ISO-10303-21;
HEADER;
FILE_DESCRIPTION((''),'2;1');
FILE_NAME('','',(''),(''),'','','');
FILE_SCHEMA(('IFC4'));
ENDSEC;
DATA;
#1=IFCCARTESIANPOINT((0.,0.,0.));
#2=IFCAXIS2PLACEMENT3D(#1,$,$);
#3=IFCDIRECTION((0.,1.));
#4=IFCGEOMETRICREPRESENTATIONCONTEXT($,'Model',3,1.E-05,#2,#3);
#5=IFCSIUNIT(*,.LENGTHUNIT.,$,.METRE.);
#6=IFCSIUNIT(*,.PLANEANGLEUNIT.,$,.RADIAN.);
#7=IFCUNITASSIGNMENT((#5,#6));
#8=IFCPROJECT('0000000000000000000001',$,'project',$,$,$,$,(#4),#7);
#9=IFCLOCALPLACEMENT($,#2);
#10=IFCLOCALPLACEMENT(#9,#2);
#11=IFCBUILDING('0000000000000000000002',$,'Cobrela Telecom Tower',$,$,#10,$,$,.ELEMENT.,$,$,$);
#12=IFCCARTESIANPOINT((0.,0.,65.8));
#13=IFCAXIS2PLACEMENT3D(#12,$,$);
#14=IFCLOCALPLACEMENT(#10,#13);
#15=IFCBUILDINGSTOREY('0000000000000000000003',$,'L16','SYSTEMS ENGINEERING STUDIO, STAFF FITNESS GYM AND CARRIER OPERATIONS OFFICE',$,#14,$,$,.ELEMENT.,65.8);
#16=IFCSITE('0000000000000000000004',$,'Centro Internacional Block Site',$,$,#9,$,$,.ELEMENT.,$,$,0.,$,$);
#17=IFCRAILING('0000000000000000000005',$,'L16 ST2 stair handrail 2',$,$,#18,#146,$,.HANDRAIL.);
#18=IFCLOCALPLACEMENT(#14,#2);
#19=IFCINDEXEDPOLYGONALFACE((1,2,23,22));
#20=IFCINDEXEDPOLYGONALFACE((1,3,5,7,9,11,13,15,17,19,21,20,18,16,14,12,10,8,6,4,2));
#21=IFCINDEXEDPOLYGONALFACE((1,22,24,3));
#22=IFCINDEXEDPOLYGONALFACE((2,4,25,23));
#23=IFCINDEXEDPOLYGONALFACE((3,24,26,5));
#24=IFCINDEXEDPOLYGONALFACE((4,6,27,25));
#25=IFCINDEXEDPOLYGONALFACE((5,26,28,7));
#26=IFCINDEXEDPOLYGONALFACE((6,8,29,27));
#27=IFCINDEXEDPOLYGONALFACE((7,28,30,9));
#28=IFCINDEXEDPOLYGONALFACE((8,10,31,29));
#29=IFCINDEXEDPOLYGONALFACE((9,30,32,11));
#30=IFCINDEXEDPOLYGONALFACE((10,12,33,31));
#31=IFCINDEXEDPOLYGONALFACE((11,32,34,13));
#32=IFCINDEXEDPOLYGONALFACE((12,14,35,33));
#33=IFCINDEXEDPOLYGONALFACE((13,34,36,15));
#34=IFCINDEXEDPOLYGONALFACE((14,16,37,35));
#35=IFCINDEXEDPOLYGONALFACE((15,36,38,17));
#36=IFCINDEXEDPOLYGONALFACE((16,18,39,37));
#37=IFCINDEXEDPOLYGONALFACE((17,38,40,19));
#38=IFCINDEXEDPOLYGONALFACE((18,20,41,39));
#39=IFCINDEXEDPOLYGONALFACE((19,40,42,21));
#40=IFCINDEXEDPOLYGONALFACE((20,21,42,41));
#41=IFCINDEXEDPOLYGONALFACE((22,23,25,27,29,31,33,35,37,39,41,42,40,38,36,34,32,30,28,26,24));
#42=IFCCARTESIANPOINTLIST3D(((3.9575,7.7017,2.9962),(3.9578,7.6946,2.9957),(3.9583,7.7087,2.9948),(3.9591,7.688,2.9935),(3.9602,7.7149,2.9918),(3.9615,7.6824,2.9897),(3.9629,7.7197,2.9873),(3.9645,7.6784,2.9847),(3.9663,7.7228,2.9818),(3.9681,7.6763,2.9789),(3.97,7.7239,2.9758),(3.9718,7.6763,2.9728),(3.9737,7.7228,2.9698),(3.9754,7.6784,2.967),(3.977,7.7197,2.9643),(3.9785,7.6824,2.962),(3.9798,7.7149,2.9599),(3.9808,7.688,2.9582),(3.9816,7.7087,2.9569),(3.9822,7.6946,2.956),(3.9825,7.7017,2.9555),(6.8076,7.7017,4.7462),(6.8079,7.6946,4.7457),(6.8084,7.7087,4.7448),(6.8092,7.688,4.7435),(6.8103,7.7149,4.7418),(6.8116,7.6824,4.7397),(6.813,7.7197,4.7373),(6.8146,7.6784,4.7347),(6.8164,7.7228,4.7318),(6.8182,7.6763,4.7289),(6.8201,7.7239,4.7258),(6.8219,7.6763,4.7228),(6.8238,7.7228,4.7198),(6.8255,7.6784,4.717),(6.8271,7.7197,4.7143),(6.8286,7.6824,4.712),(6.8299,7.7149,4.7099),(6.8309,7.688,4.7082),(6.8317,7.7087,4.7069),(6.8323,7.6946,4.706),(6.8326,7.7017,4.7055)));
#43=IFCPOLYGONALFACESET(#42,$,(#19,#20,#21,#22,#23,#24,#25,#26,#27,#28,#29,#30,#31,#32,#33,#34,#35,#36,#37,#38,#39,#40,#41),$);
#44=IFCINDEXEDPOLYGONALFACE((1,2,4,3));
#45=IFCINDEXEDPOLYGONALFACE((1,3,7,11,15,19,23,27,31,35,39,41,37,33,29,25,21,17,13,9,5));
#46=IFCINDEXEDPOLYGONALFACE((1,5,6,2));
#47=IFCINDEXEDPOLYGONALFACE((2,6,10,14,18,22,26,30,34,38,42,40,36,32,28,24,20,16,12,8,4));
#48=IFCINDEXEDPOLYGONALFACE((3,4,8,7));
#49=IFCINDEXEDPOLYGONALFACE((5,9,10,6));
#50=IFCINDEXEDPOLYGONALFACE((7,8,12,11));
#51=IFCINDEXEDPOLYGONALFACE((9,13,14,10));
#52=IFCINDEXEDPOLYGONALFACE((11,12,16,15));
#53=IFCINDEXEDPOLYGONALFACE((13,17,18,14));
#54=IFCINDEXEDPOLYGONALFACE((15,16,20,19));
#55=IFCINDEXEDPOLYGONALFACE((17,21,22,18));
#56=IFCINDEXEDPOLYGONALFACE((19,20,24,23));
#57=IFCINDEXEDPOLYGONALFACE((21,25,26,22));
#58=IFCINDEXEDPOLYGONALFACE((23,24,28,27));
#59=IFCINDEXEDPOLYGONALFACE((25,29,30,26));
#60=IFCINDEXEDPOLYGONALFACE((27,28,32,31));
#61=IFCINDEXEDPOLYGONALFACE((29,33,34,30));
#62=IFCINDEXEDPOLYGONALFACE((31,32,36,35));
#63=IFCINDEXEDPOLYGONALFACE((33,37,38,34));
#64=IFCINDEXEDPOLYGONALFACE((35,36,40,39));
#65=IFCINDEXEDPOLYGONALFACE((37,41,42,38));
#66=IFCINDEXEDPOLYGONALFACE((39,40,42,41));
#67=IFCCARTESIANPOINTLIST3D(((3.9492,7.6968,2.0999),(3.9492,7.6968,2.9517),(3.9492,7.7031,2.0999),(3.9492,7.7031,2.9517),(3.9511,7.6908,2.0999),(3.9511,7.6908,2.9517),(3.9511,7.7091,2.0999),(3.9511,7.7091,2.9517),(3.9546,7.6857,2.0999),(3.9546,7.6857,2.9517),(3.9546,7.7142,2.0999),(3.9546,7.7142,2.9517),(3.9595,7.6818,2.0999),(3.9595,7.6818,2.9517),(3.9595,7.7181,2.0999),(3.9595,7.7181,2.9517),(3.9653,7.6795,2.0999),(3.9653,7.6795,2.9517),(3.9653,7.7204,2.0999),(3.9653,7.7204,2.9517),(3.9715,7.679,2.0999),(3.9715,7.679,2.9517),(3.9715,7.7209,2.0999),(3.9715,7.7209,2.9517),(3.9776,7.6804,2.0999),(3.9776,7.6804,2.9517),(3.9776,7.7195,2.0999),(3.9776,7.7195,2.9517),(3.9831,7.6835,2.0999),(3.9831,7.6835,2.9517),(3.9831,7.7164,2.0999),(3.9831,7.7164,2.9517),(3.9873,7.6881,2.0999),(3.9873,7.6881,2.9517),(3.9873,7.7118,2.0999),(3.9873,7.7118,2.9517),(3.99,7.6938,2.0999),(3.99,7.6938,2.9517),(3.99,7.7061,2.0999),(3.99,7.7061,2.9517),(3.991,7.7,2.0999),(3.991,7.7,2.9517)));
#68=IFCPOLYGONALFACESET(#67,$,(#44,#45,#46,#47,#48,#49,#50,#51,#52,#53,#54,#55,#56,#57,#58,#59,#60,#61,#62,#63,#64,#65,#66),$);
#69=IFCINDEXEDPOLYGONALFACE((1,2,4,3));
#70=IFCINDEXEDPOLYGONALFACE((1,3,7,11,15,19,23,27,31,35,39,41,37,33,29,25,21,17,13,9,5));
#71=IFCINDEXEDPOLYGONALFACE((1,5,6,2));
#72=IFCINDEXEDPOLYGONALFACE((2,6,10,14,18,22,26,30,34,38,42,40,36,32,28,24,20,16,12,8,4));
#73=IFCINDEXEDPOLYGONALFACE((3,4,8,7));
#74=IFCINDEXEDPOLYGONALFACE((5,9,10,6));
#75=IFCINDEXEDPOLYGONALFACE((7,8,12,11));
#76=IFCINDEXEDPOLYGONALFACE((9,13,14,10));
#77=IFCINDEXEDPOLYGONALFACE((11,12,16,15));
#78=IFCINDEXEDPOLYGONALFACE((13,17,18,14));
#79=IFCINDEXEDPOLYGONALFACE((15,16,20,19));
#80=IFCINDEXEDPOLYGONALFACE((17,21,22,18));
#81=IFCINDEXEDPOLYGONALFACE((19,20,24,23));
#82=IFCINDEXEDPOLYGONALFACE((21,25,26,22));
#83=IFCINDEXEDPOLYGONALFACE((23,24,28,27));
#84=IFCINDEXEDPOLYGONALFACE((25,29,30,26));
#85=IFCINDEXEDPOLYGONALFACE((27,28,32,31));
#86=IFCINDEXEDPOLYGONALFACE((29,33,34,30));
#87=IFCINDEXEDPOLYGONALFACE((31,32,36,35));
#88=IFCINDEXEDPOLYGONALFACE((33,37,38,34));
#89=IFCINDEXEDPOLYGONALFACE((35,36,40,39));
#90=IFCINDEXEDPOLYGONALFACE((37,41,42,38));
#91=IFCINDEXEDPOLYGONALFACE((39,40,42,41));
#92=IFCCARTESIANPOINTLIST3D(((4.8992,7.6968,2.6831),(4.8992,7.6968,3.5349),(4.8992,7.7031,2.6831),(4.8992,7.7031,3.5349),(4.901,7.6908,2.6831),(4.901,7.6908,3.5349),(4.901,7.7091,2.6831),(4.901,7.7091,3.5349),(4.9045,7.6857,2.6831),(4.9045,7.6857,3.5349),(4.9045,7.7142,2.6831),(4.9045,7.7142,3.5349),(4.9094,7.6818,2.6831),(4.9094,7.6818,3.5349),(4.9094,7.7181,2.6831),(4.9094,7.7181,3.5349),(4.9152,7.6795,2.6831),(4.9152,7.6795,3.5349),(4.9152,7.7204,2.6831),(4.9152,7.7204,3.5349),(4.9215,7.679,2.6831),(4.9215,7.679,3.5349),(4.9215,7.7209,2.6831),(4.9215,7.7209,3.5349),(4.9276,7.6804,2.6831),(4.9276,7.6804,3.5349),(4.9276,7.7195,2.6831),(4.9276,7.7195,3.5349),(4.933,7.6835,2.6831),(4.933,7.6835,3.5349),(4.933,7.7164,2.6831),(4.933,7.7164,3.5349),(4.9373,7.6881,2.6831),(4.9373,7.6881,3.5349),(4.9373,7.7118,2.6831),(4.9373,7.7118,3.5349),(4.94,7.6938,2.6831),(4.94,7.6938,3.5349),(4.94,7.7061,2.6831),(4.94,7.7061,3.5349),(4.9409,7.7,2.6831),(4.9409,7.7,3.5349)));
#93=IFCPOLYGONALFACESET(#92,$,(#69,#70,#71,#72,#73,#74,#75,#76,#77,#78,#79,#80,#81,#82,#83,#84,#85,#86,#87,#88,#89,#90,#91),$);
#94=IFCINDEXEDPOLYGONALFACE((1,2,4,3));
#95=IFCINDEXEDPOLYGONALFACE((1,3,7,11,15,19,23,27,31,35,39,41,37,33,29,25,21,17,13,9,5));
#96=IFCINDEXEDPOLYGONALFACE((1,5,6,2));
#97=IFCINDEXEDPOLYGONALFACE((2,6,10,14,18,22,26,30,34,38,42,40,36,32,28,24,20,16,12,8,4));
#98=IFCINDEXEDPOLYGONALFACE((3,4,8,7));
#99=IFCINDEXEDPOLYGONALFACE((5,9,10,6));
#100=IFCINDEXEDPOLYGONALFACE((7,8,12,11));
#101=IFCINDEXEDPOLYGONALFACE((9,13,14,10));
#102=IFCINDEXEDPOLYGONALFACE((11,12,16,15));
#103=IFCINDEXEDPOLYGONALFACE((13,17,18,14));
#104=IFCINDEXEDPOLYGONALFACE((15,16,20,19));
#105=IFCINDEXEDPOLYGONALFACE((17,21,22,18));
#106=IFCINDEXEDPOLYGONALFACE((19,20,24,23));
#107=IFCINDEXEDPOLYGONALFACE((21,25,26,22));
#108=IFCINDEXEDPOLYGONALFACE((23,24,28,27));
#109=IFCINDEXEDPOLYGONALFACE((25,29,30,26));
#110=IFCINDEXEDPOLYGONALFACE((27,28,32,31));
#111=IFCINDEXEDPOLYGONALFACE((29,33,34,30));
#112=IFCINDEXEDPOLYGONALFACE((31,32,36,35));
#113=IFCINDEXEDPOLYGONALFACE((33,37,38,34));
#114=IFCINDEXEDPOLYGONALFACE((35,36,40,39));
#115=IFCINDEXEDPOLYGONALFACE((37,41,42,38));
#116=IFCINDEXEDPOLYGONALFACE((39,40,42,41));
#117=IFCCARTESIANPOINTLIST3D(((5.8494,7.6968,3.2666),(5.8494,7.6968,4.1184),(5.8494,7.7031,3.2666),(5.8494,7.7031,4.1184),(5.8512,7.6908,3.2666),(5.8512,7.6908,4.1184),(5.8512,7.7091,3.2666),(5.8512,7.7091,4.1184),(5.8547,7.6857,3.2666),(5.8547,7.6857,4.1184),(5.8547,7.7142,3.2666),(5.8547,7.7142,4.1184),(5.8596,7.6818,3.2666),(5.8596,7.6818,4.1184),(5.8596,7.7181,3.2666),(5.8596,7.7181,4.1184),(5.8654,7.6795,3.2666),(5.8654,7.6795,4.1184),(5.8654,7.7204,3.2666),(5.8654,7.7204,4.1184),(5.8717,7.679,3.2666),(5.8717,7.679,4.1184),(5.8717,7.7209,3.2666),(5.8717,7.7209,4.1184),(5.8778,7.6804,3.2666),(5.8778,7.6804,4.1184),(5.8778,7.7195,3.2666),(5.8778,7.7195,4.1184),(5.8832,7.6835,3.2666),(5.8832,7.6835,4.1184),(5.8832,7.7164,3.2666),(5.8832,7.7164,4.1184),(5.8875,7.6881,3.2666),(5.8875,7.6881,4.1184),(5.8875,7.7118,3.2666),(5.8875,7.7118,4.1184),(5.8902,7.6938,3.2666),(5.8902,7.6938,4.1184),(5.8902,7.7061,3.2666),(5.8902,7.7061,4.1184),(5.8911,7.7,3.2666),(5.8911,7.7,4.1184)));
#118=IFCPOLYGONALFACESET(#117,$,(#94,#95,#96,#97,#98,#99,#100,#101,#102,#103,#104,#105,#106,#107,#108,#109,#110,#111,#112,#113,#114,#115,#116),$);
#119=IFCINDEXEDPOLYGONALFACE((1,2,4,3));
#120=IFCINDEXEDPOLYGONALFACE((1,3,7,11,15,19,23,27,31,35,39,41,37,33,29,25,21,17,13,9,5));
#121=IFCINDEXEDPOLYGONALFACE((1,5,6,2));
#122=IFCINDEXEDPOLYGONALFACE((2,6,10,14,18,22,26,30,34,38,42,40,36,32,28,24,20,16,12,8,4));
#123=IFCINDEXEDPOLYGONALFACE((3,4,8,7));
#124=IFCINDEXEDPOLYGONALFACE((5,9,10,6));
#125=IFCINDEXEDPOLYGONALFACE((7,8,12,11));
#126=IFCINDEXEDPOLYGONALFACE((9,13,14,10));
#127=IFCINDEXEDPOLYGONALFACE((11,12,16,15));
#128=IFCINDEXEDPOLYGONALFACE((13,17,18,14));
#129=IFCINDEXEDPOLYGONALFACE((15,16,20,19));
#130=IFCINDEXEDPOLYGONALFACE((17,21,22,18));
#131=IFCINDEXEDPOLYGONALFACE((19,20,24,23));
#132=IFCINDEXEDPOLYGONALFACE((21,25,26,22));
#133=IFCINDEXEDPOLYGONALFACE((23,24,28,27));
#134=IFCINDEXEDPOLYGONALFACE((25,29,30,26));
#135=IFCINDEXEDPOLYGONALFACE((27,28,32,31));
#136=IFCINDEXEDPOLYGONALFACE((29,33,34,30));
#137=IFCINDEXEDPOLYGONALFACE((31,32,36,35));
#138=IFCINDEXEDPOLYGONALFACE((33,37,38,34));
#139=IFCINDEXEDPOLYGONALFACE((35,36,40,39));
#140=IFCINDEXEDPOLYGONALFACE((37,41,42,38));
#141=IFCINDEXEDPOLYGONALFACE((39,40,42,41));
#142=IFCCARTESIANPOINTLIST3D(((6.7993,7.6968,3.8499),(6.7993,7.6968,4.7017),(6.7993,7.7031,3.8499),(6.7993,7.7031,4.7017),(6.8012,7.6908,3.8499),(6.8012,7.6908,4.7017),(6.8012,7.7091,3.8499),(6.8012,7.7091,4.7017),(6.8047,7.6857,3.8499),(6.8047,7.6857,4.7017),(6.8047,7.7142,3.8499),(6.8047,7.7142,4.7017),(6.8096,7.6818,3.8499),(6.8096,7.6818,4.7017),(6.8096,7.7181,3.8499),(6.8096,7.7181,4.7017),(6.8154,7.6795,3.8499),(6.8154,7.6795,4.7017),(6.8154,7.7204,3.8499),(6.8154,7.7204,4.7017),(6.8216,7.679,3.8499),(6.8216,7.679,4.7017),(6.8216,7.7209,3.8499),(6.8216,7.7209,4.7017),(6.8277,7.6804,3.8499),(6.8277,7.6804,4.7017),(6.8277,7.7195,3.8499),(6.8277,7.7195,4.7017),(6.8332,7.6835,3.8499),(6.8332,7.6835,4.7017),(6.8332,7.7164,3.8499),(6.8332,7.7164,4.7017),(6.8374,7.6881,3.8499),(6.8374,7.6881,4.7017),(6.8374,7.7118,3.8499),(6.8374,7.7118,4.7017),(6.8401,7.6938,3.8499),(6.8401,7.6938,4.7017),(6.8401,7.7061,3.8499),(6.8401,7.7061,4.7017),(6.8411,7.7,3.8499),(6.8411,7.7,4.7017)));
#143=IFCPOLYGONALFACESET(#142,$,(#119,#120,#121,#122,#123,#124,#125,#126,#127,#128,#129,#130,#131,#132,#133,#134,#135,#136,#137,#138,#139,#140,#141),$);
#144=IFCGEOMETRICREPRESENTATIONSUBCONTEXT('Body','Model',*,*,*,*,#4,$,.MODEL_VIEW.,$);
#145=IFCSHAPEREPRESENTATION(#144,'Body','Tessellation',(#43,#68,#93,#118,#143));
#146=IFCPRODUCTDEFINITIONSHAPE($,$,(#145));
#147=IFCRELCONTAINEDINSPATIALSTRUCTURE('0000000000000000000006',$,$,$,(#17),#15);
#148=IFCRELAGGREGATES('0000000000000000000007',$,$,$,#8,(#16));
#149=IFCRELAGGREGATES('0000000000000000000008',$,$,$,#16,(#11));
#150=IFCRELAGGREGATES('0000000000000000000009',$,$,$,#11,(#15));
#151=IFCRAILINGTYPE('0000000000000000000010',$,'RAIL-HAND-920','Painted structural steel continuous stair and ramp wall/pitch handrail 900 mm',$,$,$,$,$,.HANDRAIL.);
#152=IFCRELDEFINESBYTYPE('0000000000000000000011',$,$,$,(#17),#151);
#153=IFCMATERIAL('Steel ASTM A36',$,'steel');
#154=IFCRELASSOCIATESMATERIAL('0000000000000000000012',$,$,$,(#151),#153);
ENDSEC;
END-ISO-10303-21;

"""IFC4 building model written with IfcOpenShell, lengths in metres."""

from ifc_helpers import new_model, si_unit, direction, frame, origin, origin_2d, place, context, subcontext, project, spatial, circle, extrude, material, type_object, element, save


model = new_model("IFC4")

# Units and contexts
model_context = context("Model", 3, precision=1e-05, world=origin(), true_north=direction((0.0, 1.0)))
body_context = subcontext(model_context, "Body", "Model", "MODEL_VIEW")
ifc_project = project(units=[si_unit("LENGTHUNIT", "METRE"), si_unit("PLANEANGLEUNIT", "RADIAN")], contexts=[model_context])

# Site, building, storey
site_placement = place(None, origin())
site = spatial("IfcSite", under=ifc_project, at=site_placement, Name="Centro Internacional Block Site", CompositionType="ELEMENT", RefElevation=0.0)
building_placement = place(site_placement, origin())
building = spatial("IfcBuilding", under=site, at=building_placement, Name="Cobrela Telecom Tower", CompositionType="ELEMENT")
storey_placement = place(building_placement, frame((0.0, 0.0, 65.8)))
storey = spatial("IfcBuildingStorey", under=building, at=storey_placement, Name="L16", Description="SYSTEMS ENGINEERING STUDIO, STAFF FITNESS GYM AND CARRIER OPERATIONS OFFICE", CompositionType="ELEMENT", Elevation=65.8)

# Shared definitions
ifc_material_1 = material(Name="Steel ASTM A36", Category="steel")

# Railing
railing_type = type_object("IfcRailingType", Name="RAIL-HAND-920", Description="Painted structural steel continuous stair and ramp wall/pitch handrail 900 mm", PredefinedType="HANDRAIL", material=ifc_material_1)
railing_placement = place(storey_placement, frame((3.97, 7.7, 2.0999)))
element("IfcRailing", 1, at=railing_placement, inside=storey, type_object=railing_type, Name="L16 ST2 stair handrail 2", PredefinedType="HANDRAIL", context=body_context, shape_type="SweptSolid", body=[
    extrude(circle(Radius=0.0239, at=origin_2d()), frame((0.0, 0.0, 0.876), z_axis=(0.852179, 0.0, 0.52325), x_axis=(0.0, 1.0, 0.0)), (0.0, 0.0, 1.0), 3.3445),
    extrude(circle(Radius=0.021, at=origin_2d()), origin(), (0.0, 0.0, 1.0), 0.8518),
    extrude(circle(Radius=0.021, at=origin_2d()), frame((0.95, 0.0, 0.5833)), (0.0, 0.0, 1.0), 0.8518),
    extrude(circle(Radius=0.021, at=origin_2d()), frame((1.9001, 0.0, 1.1667)), (0.0, 0.0, 1.0), 0.8518),
    extrude(circle(Radius=0.021, at=origin_2d()), frame((2.8501, 0.0, 1.75)), (0.0, 0.0, 1.0), 0.8518),
])

save(model, "model.ifc")
